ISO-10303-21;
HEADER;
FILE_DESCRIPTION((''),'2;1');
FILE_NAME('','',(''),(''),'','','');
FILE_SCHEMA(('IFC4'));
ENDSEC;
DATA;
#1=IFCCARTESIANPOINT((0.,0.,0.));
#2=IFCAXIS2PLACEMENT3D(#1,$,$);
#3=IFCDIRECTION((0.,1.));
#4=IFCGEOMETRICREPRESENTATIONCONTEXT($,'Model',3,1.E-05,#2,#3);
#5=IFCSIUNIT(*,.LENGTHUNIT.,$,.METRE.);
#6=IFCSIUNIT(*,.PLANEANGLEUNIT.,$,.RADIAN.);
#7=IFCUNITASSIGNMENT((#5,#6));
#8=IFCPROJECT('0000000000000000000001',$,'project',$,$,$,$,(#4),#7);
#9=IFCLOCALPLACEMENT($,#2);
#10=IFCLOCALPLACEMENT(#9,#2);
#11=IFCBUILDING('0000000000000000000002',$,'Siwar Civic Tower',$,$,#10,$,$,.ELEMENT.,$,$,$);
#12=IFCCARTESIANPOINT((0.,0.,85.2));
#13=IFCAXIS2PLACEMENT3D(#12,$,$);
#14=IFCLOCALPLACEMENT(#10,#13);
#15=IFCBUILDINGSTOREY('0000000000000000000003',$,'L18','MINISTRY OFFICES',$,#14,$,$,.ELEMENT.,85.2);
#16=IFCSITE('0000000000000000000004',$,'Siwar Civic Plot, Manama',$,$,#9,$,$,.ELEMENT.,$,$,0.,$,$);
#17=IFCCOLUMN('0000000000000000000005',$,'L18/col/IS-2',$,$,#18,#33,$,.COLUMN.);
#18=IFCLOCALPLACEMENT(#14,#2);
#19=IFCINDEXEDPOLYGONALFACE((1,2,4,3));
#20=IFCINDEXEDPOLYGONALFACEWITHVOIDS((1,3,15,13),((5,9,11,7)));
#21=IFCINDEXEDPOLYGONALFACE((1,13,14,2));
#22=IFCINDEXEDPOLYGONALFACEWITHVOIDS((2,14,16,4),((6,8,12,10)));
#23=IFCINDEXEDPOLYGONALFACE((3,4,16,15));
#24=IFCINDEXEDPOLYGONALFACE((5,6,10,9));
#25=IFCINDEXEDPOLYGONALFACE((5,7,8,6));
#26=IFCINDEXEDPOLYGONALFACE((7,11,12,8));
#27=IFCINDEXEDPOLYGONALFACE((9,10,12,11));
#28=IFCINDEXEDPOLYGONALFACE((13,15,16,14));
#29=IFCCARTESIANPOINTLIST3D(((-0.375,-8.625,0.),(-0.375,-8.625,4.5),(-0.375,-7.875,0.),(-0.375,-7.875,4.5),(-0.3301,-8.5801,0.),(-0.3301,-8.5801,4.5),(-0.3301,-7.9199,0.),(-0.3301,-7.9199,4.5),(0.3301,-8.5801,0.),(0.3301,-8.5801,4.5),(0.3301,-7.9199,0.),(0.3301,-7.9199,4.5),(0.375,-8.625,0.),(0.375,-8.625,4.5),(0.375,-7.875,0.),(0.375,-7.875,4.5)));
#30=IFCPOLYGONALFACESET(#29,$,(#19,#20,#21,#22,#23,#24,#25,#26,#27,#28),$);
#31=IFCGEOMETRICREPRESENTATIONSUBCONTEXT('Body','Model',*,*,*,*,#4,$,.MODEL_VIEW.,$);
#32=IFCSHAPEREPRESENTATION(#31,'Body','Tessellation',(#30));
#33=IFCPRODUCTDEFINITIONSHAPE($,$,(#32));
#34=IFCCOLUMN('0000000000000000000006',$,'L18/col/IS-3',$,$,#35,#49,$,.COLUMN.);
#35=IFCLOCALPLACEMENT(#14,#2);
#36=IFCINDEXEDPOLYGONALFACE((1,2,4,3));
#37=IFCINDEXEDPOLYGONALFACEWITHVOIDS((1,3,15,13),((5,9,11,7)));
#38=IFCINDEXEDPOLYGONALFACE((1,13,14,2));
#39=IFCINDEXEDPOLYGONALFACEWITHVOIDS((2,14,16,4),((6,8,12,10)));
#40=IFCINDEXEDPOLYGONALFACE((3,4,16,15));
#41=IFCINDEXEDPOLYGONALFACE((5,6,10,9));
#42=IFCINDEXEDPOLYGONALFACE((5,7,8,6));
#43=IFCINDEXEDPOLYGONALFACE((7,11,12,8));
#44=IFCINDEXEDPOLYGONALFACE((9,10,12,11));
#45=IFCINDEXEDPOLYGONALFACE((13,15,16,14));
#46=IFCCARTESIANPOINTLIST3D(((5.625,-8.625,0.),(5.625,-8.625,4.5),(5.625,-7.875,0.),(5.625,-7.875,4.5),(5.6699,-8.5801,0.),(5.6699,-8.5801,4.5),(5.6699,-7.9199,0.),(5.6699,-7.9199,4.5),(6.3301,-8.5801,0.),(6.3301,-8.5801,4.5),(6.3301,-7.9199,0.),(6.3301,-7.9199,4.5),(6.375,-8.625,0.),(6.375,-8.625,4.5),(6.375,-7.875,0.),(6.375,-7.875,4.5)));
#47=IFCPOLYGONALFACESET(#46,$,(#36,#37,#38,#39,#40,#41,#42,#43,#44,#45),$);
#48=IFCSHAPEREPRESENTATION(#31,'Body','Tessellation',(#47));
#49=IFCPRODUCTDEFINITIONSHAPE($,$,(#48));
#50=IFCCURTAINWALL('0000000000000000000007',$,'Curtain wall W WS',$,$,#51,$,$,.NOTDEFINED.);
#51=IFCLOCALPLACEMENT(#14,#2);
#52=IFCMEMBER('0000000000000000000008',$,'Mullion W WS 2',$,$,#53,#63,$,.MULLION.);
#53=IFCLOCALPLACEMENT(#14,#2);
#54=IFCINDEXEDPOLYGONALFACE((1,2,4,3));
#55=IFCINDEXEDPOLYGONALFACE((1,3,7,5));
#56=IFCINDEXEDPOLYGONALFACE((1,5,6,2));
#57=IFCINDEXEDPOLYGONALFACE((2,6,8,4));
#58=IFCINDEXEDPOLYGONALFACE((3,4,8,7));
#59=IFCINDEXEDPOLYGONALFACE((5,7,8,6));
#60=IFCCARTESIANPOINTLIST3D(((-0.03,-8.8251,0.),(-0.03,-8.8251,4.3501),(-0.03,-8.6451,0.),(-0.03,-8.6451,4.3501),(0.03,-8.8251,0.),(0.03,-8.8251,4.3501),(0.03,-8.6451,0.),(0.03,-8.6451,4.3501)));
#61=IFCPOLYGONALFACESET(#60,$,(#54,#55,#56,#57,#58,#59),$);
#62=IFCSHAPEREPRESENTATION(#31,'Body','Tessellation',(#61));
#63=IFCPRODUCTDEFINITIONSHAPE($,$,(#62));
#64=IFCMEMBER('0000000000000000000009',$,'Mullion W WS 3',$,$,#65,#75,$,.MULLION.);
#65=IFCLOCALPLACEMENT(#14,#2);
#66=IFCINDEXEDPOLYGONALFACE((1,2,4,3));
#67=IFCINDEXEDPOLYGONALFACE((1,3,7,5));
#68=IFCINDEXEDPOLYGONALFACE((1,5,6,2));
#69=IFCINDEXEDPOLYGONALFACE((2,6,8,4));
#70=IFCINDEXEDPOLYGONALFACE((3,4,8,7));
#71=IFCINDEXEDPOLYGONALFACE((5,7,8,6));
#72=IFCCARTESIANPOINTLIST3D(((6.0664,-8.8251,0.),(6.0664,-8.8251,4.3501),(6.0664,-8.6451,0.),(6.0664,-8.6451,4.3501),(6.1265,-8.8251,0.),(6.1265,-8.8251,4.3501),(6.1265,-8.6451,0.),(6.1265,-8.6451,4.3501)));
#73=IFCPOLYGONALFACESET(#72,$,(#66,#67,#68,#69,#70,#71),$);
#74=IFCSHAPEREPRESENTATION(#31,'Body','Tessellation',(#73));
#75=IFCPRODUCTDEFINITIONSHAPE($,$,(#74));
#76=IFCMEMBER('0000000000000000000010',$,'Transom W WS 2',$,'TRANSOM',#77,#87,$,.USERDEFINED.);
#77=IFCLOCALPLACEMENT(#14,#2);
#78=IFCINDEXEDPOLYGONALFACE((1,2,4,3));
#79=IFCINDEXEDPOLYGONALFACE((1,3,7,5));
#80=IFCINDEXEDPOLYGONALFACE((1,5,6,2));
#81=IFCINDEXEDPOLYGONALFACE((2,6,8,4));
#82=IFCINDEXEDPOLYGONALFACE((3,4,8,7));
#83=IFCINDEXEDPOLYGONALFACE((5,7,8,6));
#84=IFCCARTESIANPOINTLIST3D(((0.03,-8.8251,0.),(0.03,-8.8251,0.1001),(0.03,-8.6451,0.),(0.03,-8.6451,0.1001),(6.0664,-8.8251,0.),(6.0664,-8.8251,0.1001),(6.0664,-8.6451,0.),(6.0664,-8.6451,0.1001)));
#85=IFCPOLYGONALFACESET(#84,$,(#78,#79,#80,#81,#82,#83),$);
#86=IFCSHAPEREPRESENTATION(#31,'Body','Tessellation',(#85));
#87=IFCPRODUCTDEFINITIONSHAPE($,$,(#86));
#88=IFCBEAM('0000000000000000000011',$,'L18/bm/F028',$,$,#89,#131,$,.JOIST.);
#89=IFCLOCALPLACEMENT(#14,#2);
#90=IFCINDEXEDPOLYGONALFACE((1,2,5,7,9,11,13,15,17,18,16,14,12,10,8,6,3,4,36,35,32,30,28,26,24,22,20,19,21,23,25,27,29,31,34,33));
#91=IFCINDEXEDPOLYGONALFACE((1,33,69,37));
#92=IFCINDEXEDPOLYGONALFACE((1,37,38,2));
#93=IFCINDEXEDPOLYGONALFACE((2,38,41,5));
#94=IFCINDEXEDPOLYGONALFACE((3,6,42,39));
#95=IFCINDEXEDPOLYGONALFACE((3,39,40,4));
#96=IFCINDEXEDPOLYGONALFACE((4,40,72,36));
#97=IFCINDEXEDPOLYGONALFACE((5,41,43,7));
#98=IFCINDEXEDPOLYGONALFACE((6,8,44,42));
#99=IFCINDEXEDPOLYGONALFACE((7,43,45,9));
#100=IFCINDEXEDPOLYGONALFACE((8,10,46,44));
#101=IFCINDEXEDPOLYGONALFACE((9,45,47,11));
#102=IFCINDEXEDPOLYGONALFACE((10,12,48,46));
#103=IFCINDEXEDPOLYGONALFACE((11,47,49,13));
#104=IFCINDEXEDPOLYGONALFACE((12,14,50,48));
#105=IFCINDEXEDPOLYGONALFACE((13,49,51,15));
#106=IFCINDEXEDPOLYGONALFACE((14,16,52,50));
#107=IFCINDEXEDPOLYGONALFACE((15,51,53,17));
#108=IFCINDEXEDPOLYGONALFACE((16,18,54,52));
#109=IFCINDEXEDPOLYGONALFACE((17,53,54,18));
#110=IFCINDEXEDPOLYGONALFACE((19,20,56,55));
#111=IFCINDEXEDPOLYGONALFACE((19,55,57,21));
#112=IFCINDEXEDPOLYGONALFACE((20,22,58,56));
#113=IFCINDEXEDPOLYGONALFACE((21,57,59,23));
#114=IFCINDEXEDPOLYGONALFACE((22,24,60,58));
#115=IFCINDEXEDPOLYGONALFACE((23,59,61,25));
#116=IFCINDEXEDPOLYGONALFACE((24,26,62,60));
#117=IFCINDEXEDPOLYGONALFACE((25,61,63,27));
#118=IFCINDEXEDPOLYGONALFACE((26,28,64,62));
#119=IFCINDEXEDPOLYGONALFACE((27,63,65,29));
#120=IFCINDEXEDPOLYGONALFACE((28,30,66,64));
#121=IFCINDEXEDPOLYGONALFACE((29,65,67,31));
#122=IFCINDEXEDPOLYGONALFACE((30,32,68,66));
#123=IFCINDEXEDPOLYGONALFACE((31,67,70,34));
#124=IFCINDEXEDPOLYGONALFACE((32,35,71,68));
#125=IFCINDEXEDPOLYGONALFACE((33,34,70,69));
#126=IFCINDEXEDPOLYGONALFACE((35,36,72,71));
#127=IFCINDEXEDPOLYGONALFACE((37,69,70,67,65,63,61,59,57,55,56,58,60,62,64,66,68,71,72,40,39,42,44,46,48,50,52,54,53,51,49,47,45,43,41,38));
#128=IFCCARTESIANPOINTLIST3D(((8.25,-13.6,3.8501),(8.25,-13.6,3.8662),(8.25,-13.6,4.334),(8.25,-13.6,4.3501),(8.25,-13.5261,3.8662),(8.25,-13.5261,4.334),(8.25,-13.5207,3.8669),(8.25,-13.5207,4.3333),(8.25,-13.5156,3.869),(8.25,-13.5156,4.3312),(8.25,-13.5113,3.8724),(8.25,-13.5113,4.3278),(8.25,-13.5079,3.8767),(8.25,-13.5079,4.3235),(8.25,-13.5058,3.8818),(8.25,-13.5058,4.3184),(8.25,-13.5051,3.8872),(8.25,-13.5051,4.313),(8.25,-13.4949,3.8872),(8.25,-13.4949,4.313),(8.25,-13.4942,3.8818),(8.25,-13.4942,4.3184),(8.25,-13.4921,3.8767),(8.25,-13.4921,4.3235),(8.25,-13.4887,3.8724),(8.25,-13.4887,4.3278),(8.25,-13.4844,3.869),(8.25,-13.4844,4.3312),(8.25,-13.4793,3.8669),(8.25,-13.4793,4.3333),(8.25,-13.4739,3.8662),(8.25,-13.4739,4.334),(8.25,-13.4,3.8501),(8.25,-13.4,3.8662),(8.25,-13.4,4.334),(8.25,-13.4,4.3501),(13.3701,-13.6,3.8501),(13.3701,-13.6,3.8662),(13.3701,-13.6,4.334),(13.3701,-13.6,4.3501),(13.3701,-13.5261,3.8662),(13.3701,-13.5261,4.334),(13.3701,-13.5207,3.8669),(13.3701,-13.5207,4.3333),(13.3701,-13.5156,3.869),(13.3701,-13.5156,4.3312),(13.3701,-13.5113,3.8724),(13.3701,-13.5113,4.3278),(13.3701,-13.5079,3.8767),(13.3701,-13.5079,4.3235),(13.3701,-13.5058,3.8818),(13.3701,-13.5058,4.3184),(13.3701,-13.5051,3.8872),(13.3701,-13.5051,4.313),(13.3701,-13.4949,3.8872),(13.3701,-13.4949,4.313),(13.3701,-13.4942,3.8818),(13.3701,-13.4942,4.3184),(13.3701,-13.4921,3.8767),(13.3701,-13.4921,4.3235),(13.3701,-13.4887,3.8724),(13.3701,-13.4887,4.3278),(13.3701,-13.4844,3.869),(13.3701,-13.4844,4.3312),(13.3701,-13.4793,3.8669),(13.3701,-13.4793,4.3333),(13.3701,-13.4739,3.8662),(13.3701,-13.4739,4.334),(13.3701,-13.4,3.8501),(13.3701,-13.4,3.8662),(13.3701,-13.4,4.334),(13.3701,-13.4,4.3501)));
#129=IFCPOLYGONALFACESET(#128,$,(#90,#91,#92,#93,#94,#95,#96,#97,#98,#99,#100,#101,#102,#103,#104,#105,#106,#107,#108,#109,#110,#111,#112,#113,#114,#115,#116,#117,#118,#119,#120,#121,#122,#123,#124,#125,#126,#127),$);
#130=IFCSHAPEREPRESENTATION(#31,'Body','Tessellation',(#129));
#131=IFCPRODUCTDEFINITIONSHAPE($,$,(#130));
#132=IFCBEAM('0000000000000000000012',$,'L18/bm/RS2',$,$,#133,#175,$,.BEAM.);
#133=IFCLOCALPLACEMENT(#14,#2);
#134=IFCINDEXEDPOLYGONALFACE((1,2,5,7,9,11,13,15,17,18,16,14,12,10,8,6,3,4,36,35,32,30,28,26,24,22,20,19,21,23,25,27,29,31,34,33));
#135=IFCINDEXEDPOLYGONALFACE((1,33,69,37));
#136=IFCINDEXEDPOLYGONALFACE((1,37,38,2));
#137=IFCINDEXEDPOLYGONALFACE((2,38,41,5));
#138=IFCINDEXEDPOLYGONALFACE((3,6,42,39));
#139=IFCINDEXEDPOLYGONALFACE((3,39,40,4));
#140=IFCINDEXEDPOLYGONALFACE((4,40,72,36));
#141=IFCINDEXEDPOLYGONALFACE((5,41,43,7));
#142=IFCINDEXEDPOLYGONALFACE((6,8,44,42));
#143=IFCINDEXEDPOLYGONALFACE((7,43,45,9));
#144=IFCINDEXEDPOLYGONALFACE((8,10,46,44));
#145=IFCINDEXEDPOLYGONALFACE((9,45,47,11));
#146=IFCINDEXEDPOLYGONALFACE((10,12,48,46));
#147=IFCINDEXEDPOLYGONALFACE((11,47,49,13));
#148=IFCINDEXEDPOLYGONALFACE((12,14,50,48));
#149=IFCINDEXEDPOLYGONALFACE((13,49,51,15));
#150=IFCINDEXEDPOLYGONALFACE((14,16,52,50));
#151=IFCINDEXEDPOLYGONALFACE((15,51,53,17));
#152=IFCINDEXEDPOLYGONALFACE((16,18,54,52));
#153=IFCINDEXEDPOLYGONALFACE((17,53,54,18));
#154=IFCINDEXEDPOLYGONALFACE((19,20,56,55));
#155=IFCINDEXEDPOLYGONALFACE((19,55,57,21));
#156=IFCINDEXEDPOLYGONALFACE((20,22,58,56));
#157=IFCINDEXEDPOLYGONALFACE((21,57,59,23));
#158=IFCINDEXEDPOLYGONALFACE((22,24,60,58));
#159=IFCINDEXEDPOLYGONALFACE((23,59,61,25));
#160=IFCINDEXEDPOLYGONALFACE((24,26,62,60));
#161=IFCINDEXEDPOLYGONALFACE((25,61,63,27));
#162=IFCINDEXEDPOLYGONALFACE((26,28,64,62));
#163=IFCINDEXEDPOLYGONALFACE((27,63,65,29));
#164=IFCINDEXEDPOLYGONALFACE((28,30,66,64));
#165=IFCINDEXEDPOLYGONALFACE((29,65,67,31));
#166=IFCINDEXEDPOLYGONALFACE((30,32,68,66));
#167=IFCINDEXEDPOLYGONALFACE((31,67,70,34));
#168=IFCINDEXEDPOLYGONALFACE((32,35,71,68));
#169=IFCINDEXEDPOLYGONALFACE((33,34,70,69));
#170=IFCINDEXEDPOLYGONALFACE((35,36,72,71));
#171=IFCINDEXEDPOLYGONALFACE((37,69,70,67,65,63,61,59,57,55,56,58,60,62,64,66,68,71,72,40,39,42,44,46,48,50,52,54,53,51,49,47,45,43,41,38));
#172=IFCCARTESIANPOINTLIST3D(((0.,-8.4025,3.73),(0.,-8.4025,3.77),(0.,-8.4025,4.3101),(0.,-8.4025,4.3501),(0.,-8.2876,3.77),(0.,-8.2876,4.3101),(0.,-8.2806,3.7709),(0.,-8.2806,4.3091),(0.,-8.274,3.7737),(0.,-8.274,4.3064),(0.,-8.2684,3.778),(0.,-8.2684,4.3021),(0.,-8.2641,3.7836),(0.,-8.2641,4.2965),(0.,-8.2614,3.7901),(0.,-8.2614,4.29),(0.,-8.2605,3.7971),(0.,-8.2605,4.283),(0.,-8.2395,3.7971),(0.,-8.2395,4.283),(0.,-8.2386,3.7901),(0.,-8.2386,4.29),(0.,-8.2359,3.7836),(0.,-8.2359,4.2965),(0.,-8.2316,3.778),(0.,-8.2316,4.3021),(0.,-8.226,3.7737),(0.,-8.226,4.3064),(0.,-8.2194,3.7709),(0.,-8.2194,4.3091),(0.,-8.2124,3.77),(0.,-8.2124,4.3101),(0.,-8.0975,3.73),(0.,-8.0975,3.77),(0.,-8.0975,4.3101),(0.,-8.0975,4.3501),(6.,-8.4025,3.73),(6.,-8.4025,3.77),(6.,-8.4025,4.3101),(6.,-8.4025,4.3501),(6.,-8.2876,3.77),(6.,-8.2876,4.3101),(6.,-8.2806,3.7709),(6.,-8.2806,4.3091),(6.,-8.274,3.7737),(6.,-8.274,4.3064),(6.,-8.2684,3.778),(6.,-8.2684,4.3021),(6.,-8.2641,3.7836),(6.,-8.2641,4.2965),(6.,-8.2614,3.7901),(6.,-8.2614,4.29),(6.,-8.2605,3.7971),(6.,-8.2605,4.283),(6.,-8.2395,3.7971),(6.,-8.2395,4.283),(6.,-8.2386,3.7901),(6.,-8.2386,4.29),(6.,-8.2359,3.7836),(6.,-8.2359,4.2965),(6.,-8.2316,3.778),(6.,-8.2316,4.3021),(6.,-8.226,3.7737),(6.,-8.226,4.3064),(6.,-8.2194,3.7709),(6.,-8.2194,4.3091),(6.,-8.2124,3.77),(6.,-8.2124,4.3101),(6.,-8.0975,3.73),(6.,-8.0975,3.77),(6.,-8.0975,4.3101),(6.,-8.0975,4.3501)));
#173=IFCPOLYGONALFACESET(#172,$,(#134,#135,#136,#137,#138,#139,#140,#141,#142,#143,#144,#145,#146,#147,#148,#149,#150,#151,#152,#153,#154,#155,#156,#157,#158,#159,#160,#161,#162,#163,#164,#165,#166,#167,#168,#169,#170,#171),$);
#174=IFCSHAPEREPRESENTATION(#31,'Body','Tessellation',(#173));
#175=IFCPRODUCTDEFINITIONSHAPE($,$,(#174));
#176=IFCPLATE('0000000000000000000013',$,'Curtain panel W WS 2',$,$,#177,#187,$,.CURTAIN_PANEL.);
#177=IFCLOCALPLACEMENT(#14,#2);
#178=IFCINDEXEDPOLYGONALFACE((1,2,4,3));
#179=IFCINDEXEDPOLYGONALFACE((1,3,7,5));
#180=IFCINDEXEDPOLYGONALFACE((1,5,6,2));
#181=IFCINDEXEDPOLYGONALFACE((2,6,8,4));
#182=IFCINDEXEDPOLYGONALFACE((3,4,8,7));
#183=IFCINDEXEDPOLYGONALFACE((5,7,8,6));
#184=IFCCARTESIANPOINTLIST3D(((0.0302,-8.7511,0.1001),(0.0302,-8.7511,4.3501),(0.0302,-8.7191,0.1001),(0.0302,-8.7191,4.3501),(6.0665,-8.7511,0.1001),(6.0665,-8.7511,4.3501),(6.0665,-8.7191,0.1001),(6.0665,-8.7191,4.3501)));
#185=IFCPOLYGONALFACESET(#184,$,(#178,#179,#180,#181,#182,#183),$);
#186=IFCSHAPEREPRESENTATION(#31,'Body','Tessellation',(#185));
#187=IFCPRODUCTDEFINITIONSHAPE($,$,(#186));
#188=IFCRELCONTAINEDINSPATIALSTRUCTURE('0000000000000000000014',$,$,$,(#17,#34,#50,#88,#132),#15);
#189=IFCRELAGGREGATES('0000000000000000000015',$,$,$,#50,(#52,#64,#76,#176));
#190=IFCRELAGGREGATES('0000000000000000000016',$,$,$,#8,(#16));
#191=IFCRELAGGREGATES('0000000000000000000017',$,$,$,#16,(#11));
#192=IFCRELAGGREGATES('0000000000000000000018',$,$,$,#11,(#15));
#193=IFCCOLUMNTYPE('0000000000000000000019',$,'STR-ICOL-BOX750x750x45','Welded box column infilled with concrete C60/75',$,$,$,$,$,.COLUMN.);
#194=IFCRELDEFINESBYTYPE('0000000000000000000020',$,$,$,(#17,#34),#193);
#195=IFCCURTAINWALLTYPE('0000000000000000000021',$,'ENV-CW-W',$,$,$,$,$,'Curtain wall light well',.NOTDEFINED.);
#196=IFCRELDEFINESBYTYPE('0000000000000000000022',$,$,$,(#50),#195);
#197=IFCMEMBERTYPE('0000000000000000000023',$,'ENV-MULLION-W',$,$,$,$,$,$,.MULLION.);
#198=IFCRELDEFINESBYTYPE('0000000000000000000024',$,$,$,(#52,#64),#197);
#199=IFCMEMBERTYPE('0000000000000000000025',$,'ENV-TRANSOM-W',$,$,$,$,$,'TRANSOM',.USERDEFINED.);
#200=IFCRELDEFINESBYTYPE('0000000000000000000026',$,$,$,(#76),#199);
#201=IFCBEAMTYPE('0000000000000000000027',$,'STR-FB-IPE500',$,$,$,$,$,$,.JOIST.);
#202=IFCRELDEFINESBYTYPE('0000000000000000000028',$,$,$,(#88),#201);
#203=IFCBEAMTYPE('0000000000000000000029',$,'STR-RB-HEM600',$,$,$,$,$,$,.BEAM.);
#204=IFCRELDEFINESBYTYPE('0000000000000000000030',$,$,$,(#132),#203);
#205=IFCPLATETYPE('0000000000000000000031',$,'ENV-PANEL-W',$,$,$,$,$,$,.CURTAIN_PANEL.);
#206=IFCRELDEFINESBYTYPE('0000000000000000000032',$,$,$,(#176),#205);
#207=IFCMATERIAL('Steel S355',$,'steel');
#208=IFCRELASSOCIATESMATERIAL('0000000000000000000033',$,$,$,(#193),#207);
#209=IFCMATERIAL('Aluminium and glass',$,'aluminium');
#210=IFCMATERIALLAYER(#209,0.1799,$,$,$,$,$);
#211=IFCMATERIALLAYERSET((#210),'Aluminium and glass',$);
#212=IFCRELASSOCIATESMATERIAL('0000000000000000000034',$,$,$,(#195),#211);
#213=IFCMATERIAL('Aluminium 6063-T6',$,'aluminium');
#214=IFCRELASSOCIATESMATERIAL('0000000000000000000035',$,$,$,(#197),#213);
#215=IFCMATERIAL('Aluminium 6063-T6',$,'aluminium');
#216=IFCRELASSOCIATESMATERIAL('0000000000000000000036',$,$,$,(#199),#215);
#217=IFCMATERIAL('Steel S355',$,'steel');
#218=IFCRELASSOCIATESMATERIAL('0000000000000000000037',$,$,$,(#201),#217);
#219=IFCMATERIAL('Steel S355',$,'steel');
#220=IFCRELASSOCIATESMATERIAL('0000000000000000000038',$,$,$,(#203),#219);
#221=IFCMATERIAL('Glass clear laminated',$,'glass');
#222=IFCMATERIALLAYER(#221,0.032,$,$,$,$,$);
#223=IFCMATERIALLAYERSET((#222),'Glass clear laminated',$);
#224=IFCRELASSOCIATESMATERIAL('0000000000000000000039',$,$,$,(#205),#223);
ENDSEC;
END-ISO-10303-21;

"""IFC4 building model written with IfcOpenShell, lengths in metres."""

from ifc_helpers import new_model, si_unit, direction, frame, origin, origin_2d, place, context, subcontext, project, spatial, rectangle, hollow_rectangle, i_section, extrude, material, layer, layer_set, material_profile, profile_set, type_object, element, aggregate, save


model = new_model("IFC4")

# Units and contexts
model_context = context("Model", 3, precision=1e-05, world=origin(), true_north=direction((0.0, 1.0)))
body_context = subcontext(model_context, "Body", "Model", "MODEL_VIEW")
ifc_project = project(units=[si_unit("LENGTHUNIT", "METRE"), si_unit("PLANEANGLEUNIT", "RADIAN")], contexts=[model_context])

# Site, building, storey
site_placement = place(None, origin())
site = spatial("IfcSite", under=ifc_project, at=site_placement, Name="Siwar Civic Plot, Manama", CompositionType="ELEMENT", RefElevation=0.0)
building_placement = place(site_placement, origin())
building = spatial("IfcBuilding", under=site, at=building_placement, Name="Siwar Civic Tower", CompositionType="ELEMENT")
storey_placement = place(building_placement, frame((0.0, 0.0, 85.2)))
storey = spatial("IfcBuildingStorey", under=building, at=storey_placement, Name="L18", Description="MINISTRY OFFICES", CompositionType="ELEMENT", Elevation=85.2)

# Columns
ifc_material_1 = material(Name="Steel S355", Category="steel")
ifc_material_profile_1 = material_profile(ifc_material_1, hollow_rectangle(XDim=0.75, YDim=0.75, WallThickness=0.0449, at=origin_2d()), Name="BOX750x750x45")
ifc_profile_set_1 = profile_set([ifc_material_profile_1], Name="Steel S355")
column_type = type_object("IfcColumnType", Name="STR-ICOL-BOX750x750x45", Description="Welded box column infilled with concrete C60/75", PredefinedType="COLUMN", material=ifc_profile_set_1)
for number, where, z_axis, x_axis, name in (
    (1, (0.0, -8.25, 0.0), (0.0, 0.0, 1.0), (1.0, 0.0, 0.0), "L18/col/IS-2"),
    (2, (6.0, -8.25, 0.0), (0.0, 0.0, 1.0), (1.0, 0.0, 0.0), "L18/col/IS-3"),
):
    element("IfcColumn", number, at=place(storey_placement, frame(where, z_axis=z_axis, x_axis=x_axis)), inside=storey, type_object=column_type, Name=name, PredefinedType="COLUMN", context=body_context, shape_type="SweptSolid", body=[
        extrude(hollow_rectangle(XDim=0.75, YDim=0.75, WallThickness=0.0449, at=origin_2d()), origin(), (0.0, 0.0, 1.0), 4.5),
    ])

# Curtain wall, members
ifc_material_2 = material(Name="Aluminium and glass", Category="aluminium")
ifc_layer_1 = layer(ifc_material_2, 0.1799)
ifc_layer_set_1 = layer_set([ifc_layer_1], Name="Aluminium and glass")
curtain_wall_type = type_object("IfcCurtainWallType", Name="ENV-CW-W", ElementType="Curtain wall light well", PredefinedType="NOTDEFINED", material=ifc_layer_set_1)
curtain_wall_placement = place(storey_placement, origin())
curtain_wall = element("IfcCurtainWall", 3, at=curtain_wall_placement, inside=storey, type_object=curtain_wall_type, Name="Curtain wall W WS", PredefinedType="NOTDEFINED")
ifc_material_3 = material(Name="Aluminium 6063-T6", Category="aluminium")
ifc_material_profile_2 = material_profile(ifc_material_3, rectangle(XDim=0.1799, YDim=0.0601, at=origin_2d()), Name="AL 180x60")
ifc_profile_set_2 = profile_set([ifc_material_profile_2], Name="Aluminium 6063-T6")
member_type_1 = type_object("IfcMemberType", Name="ENV-MULLION-W", PredefinedType="MULLION", material=ifc_profile_set_2)
member_1_placement = place(storey_placement, frame((0.0, -8.7351, 0.0), z_axis=(0.0, 0.0, 1.0), x_axis=(0.0, 1.0, 0.0)))
member_1 = element("IfcMember", 4, at=member_1_placement, type_object=member_type_1, Name="Mullion W WS 2", PredefinedType="MULLION", context=body_context, shape_type="SweptSolid", body=[
    extrude(rectangle(XDim=0.1799, YDim=0.0601, at=origin_2d()), origin(), (0.0, 0.0, 1.0), 4.3501),
])
member_2_placement = place(storey_placement, frame((6.0964, -8.7351, 0.0), z_axis=(0.0, 0.0, 1.0), x_axis=(0.0, 1.0, 0.0)))
member_2 = element("IfcMember", 5, at=member_2_placement, type_object=member_type_1, Name="Mullion W WS 3", PredefinedType="MULLION", context=body_context, shape_type="SweptSolid", body=[
    extrude(rectangle(XDim=0.1799, YDim=0.0601, at=origin_2d()), origin(), (0.0, 0.0, 1.0), 4.3501),
])
ifc_material_4 = material(Name="Aluminium 6063-T6", Category="aluminium")
ifc_material_profile_3 = material_profile(ifc_material_4, rectangle(XDim=0.1799, YDim=0.1001, at=origin_2d()), Name="AL 180x100")
ifc_profile_set_3 = profile_set([ifc_material_profile_3], Name="Aluminium 6063-T6")
member_type_2 = type_object("IfcMemberType", Name="ENV-TRANSOM-W", ElementType="TRANSOM", PredefinedType="USERDEFINED", material=ifc_profile_set_3)
member_3_placement = place(storey_placement, frame((0.03, -8.7351, 0.05), z_axis=(1.0, 0.0, 0.0), x_axis=(0.0, 1.0, 0.0)))
member_3 = element("IfcMember", 6, at=member_3_placement, type_object=member_type_2, Name="Transom W WS 2", ObjectType="TRANSOM", PredefinedType="USERDEFINED", context=body_context, shape_type="SweptSolid", body=[
    extrude(rectangle(XDim=0.1799, YDim=0.1001, at=origin_2d()), origin(), (0.0, 0.0, 1.0), 6.0364),
])

# Beams
ifc_material_5 = material(Name="Steel S355", Category="steel")
ifc_material_profile_4 = material_profile(ifc_material_5, i_section(OverallWidth=0.2, OverallDepth=0.5, WebThickness=0.0103, FlangeThickness=0.0161, FilletRadius=0.021, at=origin_2d()), Name="IPE500")
ifc_profile_set_4 = profile_set([ifc_material_profile_4], Name="Steel S355")
beam_type_1 = type_object("IfcBeamType", Name="STR-FB-IPE500", PredefinedType="JOIST", material=ifc_profile_set_4)
beam_1_placement = place(storey_placement, frame((8.25, -13.5, 4.1001), z_axis=(1.0, 0.0, 0.0), x_axis=(0.0, 1.0, 0.0)))
element("IfcBeam", 7, at=beam_1_placement, inside=storey, type_object=beam_type_1, Name="L18/bm/F028", PredefinedType="JOIST", context=body_context, shape_type="SweptSolid", body=[
    extrude(i_section(OverallWidth=0.2, OverallDepth=0.5, WebThickness=0.0103, FlangeThickness=0.0161, FilletRadius=0.021, at=origin_2d()), origin(), (0.0, 0.0, 1.0), 5.1201),
])
ifc_material_6 = material(Name="Steel S355", Category="steel")
ifc_material_profile_5 = material_profile(ifc_material_6, i_section(OverallWidth=0.3049, OverallDepth=0.6201, WebThickness=0.021, FlangeThickness=0.04, FilletRadius=0.0271, at=origin_2d()), Name="HEM600")
ifc_profile_set_5 = profile_set([ifc_material_profile_5], Name="Steel S355")
beam_type_2 = type_object("IfcBeamType", Name="STR-RB-HEM600", PredefinedType="BEAM", material=ifc_profile_set_5)
beam_2_placement = place(storey_placement, frame((0.0, -8.25, 4.04), z_axis=(1.0, 0.0, 0.0), x_axis=(0.0, 1.0, 0.0)))
element("IfcBeam", 8, at=beam_2_placement, inside=storey, type_object=beam_type_2, Name="L18/bm/RS2", PredefinedType="BEAM", context=body_context, shape_type="SweptSolid", body=[
    extrude(i_section(OverallWidth=0.3049, OverallDepth=0.6201, WebThickness=0.021, FlangeThickness=0.04, FilletRadius=0.0271, at=origin_2d()), origin(), (0.0, 0.0, 1.0), 6.0),
])

# Plate
ifc_material_7 = material(Name="Glass clear laminated", Category="glass")
ifc_layer_2 = layer(ifc_material_7, 0.032)
ifc_layer_set_2 = layer_set([ifc_layer_2], Name="Glass clear laminated")
plate_type = type_object("IfcPlateType", Name="ENV-PANEL-W", PredefinedType="CURTAIN_PANEL", material=ifc_layer_set_2)
plate_placement = place(storey_placement, frame((3.0483, -8.7351, 0.1001), z_axis=(0.0, 0.0, 1.0), x_axis=(1.0, 0.0, 0.0)))
plate = element("IfcPlate", 9, at=plate_placement, type_object=plate_type, Name="Curtain panel W WS 2", PredefinedType="CURTAIN_PANEL", context=body_context, shape_type="SweptSolid", body=[
    extrude(rectangle(XDim=6.0364, YDim=0.032, at=origin_2d()), origin(), (0.0, 0.0, 1.0), 4.25),
])
aggregate(curtain_wall, [member_1, member_2, member_3, plate])

save(model, "model.ifc")
